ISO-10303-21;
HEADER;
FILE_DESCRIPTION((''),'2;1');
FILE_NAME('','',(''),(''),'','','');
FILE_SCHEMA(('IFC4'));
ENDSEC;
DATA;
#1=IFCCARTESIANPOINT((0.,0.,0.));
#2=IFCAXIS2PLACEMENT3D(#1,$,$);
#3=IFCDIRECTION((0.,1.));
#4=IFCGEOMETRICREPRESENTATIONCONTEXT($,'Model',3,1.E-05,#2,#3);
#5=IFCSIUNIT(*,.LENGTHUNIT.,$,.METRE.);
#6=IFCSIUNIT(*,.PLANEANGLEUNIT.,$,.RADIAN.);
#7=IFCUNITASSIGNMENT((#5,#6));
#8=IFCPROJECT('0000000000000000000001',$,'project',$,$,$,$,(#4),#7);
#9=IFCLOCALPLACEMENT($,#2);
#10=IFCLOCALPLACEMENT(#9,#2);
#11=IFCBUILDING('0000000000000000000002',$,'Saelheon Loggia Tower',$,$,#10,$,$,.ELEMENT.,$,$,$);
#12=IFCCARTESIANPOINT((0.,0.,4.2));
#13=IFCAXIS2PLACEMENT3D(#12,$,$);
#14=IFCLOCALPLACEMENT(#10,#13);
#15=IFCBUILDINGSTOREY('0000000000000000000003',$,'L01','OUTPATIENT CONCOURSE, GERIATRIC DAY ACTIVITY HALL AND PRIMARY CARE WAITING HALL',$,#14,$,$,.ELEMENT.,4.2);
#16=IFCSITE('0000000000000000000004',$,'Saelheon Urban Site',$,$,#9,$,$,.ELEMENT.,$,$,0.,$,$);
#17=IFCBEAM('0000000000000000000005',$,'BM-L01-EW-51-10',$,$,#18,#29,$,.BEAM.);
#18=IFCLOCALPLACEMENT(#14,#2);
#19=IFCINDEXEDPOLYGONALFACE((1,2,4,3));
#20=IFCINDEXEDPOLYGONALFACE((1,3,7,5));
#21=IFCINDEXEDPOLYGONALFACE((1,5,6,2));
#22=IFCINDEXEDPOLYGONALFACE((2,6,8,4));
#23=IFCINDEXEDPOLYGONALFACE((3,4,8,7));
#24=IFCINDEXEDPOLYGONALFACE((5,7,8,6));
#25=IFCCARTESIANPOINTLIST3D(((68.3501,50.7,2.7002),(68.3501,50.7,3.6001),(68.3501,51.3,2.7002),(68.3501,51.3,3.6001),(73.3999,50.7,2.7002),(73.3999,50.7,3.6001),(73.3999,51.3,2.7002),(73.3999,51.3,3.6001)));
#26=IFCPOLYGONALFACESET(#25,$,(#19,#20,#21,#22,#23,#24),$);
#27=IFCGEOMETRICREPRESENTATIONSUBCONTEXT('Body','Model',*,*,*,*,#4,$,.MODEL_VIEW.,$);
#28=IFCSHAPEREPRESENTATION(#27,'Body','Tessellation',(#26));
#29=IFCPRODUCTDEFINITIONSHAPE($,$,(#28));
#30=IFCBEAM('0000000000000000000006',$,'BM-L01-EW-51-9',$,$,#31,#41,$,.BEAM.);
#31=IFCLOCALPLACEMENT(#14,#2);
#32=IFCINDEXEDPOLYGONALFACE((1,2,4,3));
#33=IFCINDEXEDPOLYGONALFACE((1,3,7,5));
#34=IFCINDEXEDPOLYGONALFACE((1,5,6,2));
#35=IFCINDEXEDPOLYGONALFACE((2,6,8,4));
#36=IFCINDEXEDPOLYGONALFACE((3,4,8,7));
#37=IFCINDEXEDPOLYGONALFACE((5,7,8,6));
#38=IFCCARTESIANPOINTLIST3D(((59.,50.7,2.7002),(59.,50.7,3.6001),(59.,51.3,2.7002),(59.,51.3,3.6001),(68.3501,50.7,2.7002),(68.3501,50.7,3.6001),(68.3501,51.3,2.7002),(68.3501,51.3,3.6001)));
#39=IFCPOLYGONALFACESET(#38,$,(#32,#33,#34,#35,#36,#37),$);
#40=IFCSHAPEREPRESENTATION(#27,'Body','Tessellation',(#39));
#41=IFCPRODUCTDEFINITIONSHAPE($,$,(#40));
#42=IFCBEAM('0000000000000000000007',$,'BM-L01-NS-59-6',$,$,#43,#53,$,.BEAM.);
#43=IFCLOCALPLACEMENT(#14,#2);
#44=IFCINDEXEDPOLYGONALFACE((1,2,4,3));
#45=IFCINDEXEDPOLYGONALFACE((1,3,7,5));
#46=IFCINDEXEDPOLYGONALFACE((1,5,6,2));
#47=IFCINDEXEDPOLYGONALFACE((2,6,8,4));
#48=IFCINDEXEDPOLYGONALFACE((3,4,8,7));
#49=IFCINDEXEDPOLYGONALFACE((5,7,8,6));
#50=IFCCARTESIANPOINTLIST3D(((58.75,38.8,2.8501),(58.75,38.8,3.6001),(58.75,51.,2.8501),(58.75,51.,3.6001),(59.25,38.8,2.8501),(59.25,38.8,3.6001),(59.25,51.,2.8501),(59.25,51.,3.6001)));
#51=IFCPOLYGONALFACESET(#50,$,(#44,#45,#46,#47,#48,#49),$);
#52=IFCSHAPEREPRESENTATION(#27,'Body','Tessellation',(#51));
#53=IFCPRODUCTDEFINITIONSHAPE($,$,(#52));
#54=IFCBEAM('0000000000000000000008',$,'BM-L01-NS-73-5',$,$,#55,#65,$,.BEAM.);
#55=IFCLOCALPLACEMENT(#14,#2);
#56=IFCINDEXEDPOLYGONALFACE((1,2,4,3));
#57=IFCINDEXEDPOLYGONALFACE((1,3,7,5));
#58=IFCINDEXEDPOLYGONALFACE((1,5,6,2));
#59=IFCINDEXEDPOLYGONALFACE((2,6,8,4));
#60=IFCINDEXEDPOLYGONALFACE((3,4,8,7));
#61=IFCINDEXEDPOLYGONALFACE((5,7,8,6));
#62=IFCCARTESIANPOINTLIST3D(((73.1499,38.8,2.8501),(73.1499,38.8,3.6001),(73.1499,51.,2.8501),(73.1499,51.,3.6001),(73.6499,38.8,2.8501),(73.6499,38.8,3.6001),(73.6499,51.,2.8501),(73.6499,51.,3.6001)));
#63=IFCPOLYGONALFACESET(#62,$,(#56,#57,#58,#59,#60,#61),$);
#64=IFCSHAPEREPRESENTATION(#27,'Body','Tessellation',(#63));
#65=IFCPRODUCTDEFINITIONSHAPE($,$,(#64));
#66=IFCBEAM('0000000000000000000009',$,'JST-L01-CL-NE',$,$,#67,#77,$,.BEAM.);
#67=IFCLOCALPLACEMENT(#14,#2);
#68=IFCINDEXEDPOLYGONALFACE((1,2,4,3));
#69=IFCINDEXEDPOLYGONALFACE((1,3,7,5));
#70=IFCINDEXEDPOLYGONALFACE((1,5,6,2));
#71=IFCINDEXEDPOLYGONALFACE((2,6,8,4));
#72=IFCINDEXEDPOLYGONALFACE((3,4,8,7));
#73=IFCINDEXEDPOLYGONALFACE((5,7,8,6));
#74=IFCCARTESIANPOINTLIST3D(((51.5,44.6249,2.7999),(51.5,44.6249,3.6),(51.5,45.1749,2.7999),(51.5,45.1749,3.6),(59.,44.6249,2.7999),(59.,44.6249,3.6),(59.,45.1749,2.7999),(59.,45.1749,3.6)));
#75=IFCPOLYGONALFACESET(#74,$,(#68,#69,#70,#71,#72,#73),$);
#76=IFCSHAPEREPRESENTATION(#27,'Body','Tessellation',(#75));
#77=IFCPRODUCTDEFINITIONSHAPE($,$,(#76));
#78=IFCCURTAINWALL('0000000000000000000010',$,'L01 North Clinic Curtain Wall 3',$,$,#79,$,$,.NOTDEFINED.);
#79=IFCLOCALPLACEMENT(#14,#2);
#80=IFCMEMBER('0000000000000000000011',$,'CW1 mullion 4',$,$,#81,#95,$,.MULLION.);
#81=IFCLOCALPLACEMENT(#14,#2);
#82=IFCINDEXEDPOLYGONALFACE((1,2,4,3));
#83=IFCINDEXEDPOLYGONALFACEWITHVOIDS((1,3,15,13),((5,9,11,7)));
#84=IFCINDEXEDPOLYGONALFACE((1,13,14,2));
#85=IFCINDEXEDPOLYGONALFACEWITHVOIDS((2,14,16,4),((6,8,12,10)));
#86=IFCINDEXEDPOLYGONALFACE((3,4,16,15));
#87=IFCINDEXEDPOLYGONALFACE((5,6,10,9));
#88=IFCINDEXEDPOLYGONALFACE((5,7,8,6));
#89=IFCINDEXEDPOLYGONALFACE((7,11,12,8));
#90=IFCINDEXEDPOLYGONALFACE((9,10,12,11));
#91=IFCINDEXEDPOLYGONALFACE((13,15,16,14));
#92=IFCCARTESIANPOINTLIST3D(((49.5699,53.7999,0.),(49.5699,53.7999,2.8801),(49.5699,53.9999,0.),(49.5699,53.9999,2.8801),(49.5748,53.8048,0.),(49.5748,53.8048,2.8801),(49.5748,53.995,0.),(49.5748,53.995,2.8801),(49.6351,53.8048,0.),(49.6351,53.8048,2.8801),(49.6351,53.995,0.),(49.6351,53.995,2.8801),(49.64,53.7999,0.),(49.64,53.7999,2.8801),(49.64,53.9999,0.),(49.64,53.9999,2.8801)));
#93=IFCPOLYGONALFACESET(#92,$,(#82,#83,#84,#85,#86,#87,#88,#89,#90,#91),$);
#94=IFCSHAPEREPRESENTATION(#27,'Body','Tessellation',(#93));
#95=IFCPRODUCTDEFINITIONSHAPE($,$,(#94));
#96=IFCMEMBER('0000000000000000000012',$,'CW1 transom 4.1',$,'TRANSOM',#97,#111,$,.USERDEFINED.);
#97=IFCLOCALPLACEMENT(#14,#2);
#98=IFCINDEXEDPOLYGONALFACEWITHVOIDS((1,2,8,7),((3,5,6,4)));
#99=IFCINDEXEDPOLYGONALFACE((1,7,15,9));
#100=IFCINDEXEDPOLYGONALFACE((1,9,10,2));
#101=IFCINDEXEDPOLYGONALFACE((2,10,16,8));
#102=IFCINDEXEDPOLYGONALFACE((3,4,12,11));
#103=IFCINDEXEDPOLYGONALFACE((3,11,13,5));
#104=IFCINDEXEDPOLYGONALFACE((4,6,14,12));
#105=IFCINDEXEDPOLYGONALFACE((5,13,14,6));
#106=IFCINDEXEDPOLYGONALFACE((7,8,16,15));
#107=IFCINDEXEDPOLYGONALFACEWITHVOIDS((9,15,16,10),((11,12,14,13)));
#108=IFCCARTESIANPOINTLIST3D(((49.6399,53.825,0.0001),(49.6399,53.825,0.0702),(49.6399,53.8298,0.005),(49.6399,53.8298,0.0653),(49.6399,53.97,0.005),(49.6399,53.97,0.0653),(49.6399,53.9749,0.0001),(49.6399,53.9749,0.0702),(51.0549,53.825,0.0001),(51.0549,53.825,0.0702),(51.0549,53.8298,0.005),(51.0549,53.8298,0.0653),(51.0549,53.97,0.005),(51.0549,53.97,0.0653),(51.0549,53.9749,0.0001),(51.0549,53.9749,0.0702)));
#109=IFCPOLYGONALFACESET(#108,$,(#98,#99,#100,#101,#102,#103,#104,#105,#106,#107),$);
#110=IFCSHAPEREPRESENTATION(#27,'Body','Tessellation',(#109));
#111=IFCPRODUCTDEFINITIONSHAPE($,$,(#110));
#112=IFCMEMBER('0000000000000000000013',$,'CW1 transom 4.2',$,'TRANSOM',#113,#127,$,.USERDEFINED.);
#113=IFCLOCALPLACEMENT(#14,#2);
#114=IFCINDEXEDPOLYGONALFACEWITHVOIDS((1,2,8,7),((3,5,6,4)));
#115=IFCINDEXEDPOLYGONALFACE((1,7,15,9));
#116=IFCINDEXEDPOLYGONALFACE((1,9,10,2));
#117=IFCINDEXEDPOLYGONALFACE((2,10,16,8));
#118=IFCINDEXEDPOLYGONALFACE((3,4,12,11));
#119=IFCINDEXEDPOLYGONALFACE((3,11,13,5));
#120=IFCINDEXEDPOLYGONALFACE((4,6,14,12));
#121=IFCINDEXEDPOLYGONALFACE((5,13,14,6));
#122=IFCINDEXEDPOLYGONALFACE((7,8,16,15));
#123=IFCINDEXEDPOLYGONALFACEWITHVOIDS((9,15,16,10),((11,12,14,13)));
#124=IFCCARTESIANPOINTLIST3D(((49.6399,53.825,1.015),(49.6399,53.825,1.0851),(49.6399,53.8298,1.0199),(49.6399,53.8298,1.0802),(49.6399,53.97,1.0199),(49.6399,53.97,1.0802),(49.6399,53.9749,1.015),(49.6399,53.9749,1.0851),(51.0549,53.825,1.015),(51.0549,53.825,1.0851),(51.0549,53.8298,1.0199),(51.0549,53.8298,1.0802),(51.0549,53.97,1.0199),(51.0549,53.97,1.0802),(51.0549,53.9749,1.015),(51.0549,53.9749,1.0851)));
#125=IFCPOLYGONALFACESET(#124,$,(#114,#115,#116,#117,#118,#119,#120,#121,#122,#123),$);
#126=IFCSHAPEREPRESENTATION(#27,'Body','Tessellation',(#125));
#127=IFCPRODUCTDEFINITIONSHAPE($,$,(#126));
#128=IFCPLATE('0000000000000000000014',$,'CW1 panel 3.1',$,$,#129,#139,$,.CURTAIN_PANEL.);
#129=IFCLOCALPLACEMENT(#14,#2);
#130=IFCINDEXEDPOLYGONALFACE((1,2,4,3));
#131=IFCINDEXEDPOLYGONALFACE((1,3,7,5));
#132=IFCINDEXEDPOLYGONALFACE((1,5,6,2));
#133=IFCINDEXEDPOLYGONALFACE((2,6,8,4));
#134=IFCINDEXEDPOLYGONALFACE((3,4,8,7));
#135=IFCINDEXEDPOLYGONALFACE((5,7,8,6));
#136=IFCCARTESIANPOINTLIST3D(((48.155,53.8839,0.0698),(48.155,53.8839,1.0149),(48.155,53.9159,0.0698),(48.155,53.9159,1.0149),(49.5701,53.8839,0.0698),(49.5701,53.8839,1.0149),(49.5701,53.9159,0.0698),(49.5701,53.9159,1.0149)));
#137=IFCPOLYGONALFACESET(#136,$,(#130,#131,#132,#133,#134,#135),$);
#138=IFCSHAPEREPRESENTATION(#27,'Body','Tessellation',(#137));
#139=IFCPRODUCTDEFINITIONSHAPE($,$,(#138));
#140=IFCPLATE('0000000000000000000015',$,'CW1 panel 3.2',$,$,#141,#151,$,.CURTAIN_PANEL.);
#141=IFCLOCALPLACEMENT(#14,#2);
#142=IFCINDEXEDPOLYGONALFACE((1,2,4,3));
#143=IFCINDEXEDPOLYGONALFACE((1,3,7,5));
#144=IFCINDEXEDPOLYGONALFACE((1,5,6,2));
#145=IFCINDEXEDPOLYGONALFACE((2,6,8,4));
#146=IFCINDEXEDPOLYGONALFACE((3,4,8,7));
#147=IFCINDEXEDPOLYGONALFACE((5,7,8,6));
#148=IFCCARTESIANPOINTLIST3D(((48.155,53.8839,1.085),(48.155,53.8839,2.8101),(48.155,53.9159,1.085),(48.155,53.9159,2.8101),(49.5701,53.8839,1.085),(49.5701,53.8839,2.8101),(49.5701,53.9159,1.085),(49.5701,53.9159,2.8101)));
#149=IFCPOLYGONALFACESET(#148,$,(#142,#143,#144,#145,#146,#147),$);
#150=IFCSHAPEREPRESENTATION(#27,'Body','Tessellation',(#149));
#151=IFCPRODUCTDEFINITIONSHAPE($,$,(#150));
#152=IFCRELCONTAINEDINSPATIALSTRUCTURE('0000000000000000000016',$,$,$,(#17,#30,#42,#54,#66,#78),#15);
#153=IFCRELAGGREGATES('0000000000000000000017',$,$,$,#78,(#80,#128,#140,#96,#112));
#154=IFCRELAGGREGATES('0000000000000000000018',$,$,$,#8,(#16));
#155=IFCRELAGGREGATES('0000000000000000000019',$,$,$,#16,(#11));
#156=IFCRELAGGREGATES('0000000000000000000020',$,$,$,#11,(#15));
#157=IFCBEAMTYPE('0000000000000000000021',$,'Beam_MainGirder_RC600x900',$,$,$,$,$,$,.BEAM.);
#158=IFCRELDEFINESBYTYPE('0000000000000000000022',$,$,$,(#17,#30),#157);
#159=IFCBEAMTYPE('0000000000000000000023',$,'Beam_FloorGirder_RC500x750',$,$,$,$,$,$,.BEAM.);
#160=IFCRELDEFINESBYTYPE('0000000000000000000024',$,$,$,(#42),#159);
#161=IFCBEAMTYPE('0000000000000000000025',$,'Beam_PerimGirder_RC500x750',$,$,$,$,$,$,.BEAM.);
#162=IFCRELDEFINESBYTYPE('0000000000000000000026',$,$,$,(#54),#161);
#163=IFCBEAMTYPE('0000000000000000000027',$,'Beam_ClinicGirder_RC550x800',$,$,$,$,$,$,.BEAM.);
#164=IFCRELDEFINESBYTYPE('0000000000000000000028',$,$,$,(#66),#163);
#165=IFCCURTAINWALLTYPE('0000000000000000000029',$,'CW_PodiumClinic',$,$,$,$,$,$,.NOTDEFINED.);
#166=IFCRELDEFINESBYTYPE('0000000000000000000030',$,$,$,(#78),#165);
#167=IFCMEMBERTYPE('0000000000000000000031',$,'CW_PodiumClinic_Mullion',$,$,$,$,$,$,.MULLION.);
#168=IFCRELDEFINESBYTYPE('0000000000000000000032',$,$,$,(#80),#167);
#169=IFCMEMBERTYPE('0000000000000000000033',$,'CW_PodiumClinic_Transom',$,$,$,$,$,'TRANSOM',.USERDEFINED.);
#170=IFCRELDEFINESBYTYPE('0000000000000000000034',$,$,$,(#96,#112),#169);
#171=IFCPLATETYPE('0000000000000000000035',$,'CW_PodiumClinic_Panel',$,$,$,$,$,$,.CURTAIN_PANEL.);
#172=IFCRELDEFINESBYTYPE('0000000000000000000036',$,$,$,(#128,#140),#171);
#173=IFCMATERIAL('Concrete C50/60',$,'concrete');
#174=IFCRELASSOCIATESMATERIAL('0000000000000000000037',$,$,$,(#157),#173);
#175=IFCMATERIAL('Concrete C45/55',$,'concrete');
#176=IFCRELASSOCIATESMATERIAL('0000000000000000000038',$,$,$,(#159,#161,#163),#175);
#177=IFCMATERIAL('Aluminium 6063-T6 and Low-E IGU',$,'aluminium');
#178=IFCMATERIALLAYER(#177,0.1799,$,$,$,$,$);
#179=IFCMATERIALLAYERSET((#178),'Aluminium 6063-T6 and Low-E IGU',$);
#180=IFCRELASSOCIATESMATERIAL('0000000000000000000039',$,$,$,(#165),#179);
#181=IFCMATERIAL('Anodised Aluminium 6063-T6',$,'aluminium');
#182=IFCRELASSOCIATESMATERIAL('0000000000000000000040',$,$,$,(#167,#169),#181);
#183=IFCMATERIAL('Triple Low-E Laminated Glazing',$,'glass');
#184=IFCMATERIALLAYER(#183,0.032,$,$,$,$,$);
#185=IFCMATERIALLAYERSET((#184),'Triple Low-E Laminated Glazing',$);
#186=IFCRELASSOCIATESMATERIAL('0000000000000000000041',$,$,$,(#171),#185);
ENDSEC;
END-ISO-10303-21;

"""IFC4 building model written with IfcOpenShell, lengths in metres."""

from ifc_helpers import new_model, si_unit, direction, frame, origin, origin_2d, place, context, subcontext, project, spatial, rectangle, hollow_rectangle, extrude, source, transform, mapped, material, layer, layer_set, material_profile, profile_set, type_object, element, aggregate, save


model = new_model("IFC4")

# Units and contexts
model_context = context("Model", 3, precision=1e-05, world=origin(), true_north=direction((0.0, 1.0)))
body_context = subcontext(model_context, "Body", "Model", "MODEL_VIEW")
ifc_project = project(units=[si_unit("LENGTHUNIT", "METRE"), si_unit("PLANEANGLEUNIT", "RADIAN")], contexts=[model_context])

# Site, building, storey
site_placement = place(None, origin())
site = spatial("IfcSite", under=ifc_project, at=site_placement, Name="Saelheon Urban Site", CompositionType="ELEMENT", RefElevation=0.0)
building_placement = place(site_placement, origin())
building = spatial("IfcBuilding", under=site, at=building_placement, Name="Saelheon Loggia Tower", CompositionType="ELEMENT")
storey_placement = place(building_placement, frame((0.0, 0.0, 4.2)))
storey = spatial("IfcBuildingStorey", under=building, at=storey_placement, Name="L01", Description="OUTPATIENT CONCOURSE, GERIATRIC DAY ACTIVITY HALL AND PRIMARY CARE WAITING HALL", CompositionType="ELEMENT", Elevation=4.2)

# Shared definitions
ifc_material_1 = material(Name="Concrete C50/60", Category="concrete")
ifc_material_2 = material(Name="Concrete C45/55", Category="concrete")

# Beams
ifc_material_profile_1 = material_profile(ifc_material_1, rectangle(XDim=0.6001, YDim=0.8999, at=origin_2d()), Name="RC-600x900")
ifc_profile_set_1 = profile_set([ifc_material_profile_1], Name="Concrete C50/60")
beam_type_1 = type_object("IfcBeamType", Name="Beam_MainGirder_RC600x900", PredefinedType="BEAM", material=ifc_profile_set_1)
shared_shape_1 = source(origin(), body_context, "Body", "SweptSolid", [
    extrude(rectangle(XDim=0.6001, YDim=0.8999, at=origin_2d()), origin(), (0.0, 0.0, 1.0), 5.0498),
])
beam_1_placement = place(storey_placement, frame((68.3501, 51.0, 3.1501), z_axis=(1.0, 0.0, 0.0), x_axis=(0.0, 1.0, 0.0)))
element("IfcBeam", 1, at=beam_1_placement, inside=storey, type_object=beam_type_1, Name="BM-L01-EW-51-10", PredefinedType="BEAM", context=body_context, shape_type="MappedRepresentation", body=[
    mapped(shared_shape_1, transform((0.0, 0.0, 0.0), scale=1.0)),
])
shared_shape_2 = source(origin(), body_context, "Body", "SweptSolid", [
    extrude(rectangle(XDim=0.6001, YDim=0.8999, at=origin_2d()), origin(), (0.0, 0.0, 1.0), 9.3501),
])
beam_2_placement = place(storey_placement, frame((59.0, 51.0, 3.1501), z_axis=(1.0, 0.0, 0.0), x_axis=(0.0, 1.0, 0.0)))
element("IfcBeam", 2, at=beam_2_placement, inside=storey, type_object=beam_type_1, Name="BM-L01-EW-51-9", PredefinedType="BEAM", context=body_context, shape_type="MappedRepresentation", body=[
    mapped(shared_shape_2, transform((0.0, 0.0, 0.0), scale=1.0)),
])
ifc_material_profile_2 = material_profile(ifc_material_2, rectangle(XDim=0.5, YDim=0.75, at=origin_2d()), Name="RC-500x750")
ifc_profile_set_2 = profile_set([ifc_material_profile_2], Name="Concrete C45/55")
beam_type_2 = type_object("IfcBeamType", Name="Beam_FloorGirder_RC500x750", PredefinedType="BEAM", material=ifc_profile_set_2)
shared_shape_3 = source(origin(), body_context, "Body", "SweptSolid", [
    extrude(rectangle(XDim=0.5, YDim=0.75, at=origin_2d()), origin(), (0.0, 0.0, 1.0), 12.2),
])
beam_3_placement = place(storey_placement, frame((59.0, 38.8, 3.2251), z_axis=(0.0, 1.0, 0.0), x_axis=(-1.0, 0.0, 0.0)))
element("IfcBeam", 3, at=beam_3_placement, inside=storey, type_object=beam_type_2, Name="BM-L01-NS-59-6", PredefinedType="BEAM", context=body_context, shape_type="MappedRepresentation", body=[
    mapped(shared_shape_3, transform((0.0, 0.0, 0.0), scale=1.0)),
])
ifc_material_profile_3 = material_profile(ifc_material_2, rectangle(XDim=0.5, YDim=0.75, at=origin_2d()), Name="RC-500x750")
ifc_profile_set_3 = profile_set([ifc_material_profile_3], Name="Concrete C45/55")
beam_type_3 = type_object("IfcBeamType", Name="Beam_PerimGirder_RC500x750", PredefinedType="BEAM", material=ifc_profile_set_3)
beam_4_placement = place(storey_placement, frame((73.3999, 38.8, 3.2251), z_axis=(0.0, 1.0, 0.0), x_axis=(-1.0, 0.0, 0.0)))
element("IfcBeam", 4, at=beam_4_placement, inside=storey, type_object=beam_type_3, Name="BM-L01-NS-73-5", PredefinedType="BEAM", context=body_context, shape_type="MappedRepresentation", body=[
    mapped(shared_shape_3, transform((0.0, 0.0, 0.0), scale=1.0)),
])
ifc_material_profile_4 = material_profile(ifc_material_2, rectangle(XDim=0.55, YDim=0.8, at=origin_2d()), Name="RC-550x800")
ifc_profile_set_4 = profile_set([ifc_material_profile_4], Name="Concrete C45/55")
beam_type_4 = type_object("IfcBeamType", Name="Beam_ClinicGirder_RC550x800", PredefinedType="BEAM", material=ifc_profile_set_4)
shared_shape_4 = source(origin(), body_context, "Body", "SweptSolid", [
    extrude(rectangle(XDim=0.55, YDim=0.8, at=origin_2d()), origin(), (0.0, 0.0, 1.0), 7.5),
])
beam_5_placement = place(storey_placement, frame((51.5, 44.8999, 3.2), z_axis=(1.0, 0.0, 0.0), x_axis=(0.0, 1.0, 0.0)))
element("IfcBeam", 5, at=beam_5_placement, inside=storey, type_object=beam_type_4, Name="JST-L01-CL-NE", PredefinedType="BEAM", context=body_context, shape_type="MappedRepresentation", body=[
    mapped(shared_shape_4, transform((0.0, 0.0, 0.0), scale=1.0)),
])

# Curtain wall, members, plates
ifc_material_3 = material(Name="Aluminium 6063-T6 and Low-E IGU", Category="aluminium")
ifc_layer_1 = layer(ifc_material_3, 0.1799)
ifc_layer_set_1 = layer_set([ifc_layer_1], Name="Aluminium 6063-T6 and Low-E IGU")
curtain_wall_type = type_object("IfcCurtainWallType", Name="CW_PodiumClinic", PredefinedType="NOTDEFINED", material=ifc_layer_set_1)
curtain_wall_placement = place(storey_placement, origin())
curtain_wall = element("IfcCurtainWall", 6, at=curtain_wall_placement, inside=storey, type_object=curtain_wall_type, Name="L01 North Clinic Curtain Wall 3", PredefinedType="NOTDEFINED")
ifc_material_4 = material(Name="Anodised Aluminium 6063-T6", Category="aluminium")
ifc_material_profile_5 = material_profile(ifc_material_4, hollow_rectangle(XDim=0.0701, YDim=0.2, WallThickness=0.0049, at=origin_2d()), Name="RHS-200x70x5")
ifc_profile_set_5 = profile_set([ifc_material_profile_5], Name="Anodised Aluminium 6063-T6")
member_type_1 = type_object("IfcMemberType", Name="CW_PodiumClinic_Mullion", PredefinedType="MULLION", material=ifc_profile_set_5)
shared_shape_5 = source(origin(), body_context, "Body", "SweptSolid", [
    extrude(hollow_rectangle(XDim=0.0701, YDim=0.2, WallThickness=0.0049, at=origin_2d()), origin(), (0.0, 0.0, 1.0), 2.8801),
])
member_1_placement = place(storey_placement, frame((49.605, 53.8999, 0.0), z_axis=(0.0, 0.0, 1.0), x_axis=(1.0, 0.0, 0.0)))
member_1 = element("IfcMember", 7, at=member_1_placement, type_object=member_type_1, Name="CW1 mullion 4", PredefinedType="MULLION", context=body_context, shape_type="MappedRepresentation", body=[
    mapped(shared_shape_5, transform((0.0, 0.0, 0.0), scale=1.0)),
])
ifc_material_profile_6 = material_profile(ifc_material_4, hollow_rectangle(XDim=0.0701, YDim=0.1499, WallThickness=0.0049, at=origin_2d()), Name="RHS-150x70x5")
ifc_profile_set_6 = profile_set([ifc_material_profile_6], Name="Anodised Aluminium 6063-T6")
member_type_2 = type_object("IfcMemberType", Name="CW_PodiumClinic_Transom", ElementType="TRANSOM", PredefinedType="USERDEFINED", material=ifc_profile_set_6)
shared_shape_6 = source(origin(), body_context, "Body", "SweptSolid", [
    extrude(hollow_rectangle(XDim=0.0701, YDim=0.1499, WallThickness=0.0049, at=origin_2d()), origin(), (0.0, 0.0, 1.0), 1.415),
])
member_2_placement = place(storey_placement, frame((49.6399, 53.8999, 0.0352), z_axis=(1.0, 0.0, 0.0), x_axis=(0.0, 0.0, 1.0)))
member_2 = element("IfcMember", 8, at=member_2_placement, type_object=member_type_2, Name="CW1 transom 4.1", ObjectType="TRANSOM", PredefinedType="USERDEFINED", context=body_context, shape_type="MappedRepresentation", body=[
    mapped(shared_shape_6, transform((0.0, 0.0, 0.0), scale=1.0)),
])
member_3_placement = place(storey_placement, frame((49.6399, 53.8999, 1.05), z_axis=(1.0, 0.0, 0.0), x_axis=(0.0, 0.0, 1.0)))
member_3 = element("IfcMember", 9, at=member_3_placement, type_object=member_type_2, Name="CW1 transom 4.2", ObjectType="TRANSOM", PredefinedType="USERDEFINED", context=body_context, shape_type="MappedRepresentation", body=[
    mapped(shared_shape_6, transform((0.0, 0.0, 0.0), scale=1.0)),
])
ifc_material_5 = material(Name="Triple Low-E Laminated Glazing", Category="glass")
ifc_layer_2 = layer(ifc_material_5, 0.032)
ifc_layer_set_2 = layer_set([ifc_layer_2], Name="Triple Low-E Laminated Glazing")
plate_type = type_object("IfcPlateType", Name="CW_PodiumClinic_Panel", PredefinedType="CURTAIN_PANEL", material=ifc_layer_set_2)
shared_shape_7 = source(origin(), body_context, "Body", "SweptSolid", [
    extrude(rectangle(XDim=1.415, YDim=0.032, at=origin_2d()), origin(), (0.0, 0.0, 1.0), 0.9451),
])
plate_1_placement = place(storey_placement, frame((48.8625, 53.8999, 0.0698), z_axis=(0.0, 0.0, 1.0), x_axis=(1.0, 0.0, 0.0)))
plate_1 = element("IfcPlate", 10, at=plate_1_placement, type_object=plate_type, Name="CW1 panel 3.1", PredefinedType="CURTAIN_PANEL", context=body_context, shape_type="MappedRepresentation", body=[
    mapped(shared_shape_7, transform((0.0, 0.0, 0.0), scale=1.0)),
])
shared_shape_8 = source(origin(), body_context, "Body", "SweptSolid", [
    extrude(rectangle(XDim=1.415, YDim=0.032, at=origin_2d()), origin(), (0.0, 0.0, 1.0), 1.7251),
])
plate_2_placement = place(storey_placement, frame((48.8625, 53.8999, 1.085), z_axis=(0.0, 0.0, 1.0), x_axis=(1.0, 0.0, 0.0)))
plate_2 = element("IfcPlate", 11, at=plate_2_placement, type_object=plate_type, Name="CW1 panel 3.2", PredefinedType="CURTAIN_PANEL", context=body_context, shape_type="MappedRepresentation", body=[
    mapped(shared_shape_8, transform((0.0, 0.0, 0.0), scale=1.0)),
])
aggregate(curtain_wall, [member_1, plate_1, plate_2, member_2, member_3])

save(model, "model.ifc")
